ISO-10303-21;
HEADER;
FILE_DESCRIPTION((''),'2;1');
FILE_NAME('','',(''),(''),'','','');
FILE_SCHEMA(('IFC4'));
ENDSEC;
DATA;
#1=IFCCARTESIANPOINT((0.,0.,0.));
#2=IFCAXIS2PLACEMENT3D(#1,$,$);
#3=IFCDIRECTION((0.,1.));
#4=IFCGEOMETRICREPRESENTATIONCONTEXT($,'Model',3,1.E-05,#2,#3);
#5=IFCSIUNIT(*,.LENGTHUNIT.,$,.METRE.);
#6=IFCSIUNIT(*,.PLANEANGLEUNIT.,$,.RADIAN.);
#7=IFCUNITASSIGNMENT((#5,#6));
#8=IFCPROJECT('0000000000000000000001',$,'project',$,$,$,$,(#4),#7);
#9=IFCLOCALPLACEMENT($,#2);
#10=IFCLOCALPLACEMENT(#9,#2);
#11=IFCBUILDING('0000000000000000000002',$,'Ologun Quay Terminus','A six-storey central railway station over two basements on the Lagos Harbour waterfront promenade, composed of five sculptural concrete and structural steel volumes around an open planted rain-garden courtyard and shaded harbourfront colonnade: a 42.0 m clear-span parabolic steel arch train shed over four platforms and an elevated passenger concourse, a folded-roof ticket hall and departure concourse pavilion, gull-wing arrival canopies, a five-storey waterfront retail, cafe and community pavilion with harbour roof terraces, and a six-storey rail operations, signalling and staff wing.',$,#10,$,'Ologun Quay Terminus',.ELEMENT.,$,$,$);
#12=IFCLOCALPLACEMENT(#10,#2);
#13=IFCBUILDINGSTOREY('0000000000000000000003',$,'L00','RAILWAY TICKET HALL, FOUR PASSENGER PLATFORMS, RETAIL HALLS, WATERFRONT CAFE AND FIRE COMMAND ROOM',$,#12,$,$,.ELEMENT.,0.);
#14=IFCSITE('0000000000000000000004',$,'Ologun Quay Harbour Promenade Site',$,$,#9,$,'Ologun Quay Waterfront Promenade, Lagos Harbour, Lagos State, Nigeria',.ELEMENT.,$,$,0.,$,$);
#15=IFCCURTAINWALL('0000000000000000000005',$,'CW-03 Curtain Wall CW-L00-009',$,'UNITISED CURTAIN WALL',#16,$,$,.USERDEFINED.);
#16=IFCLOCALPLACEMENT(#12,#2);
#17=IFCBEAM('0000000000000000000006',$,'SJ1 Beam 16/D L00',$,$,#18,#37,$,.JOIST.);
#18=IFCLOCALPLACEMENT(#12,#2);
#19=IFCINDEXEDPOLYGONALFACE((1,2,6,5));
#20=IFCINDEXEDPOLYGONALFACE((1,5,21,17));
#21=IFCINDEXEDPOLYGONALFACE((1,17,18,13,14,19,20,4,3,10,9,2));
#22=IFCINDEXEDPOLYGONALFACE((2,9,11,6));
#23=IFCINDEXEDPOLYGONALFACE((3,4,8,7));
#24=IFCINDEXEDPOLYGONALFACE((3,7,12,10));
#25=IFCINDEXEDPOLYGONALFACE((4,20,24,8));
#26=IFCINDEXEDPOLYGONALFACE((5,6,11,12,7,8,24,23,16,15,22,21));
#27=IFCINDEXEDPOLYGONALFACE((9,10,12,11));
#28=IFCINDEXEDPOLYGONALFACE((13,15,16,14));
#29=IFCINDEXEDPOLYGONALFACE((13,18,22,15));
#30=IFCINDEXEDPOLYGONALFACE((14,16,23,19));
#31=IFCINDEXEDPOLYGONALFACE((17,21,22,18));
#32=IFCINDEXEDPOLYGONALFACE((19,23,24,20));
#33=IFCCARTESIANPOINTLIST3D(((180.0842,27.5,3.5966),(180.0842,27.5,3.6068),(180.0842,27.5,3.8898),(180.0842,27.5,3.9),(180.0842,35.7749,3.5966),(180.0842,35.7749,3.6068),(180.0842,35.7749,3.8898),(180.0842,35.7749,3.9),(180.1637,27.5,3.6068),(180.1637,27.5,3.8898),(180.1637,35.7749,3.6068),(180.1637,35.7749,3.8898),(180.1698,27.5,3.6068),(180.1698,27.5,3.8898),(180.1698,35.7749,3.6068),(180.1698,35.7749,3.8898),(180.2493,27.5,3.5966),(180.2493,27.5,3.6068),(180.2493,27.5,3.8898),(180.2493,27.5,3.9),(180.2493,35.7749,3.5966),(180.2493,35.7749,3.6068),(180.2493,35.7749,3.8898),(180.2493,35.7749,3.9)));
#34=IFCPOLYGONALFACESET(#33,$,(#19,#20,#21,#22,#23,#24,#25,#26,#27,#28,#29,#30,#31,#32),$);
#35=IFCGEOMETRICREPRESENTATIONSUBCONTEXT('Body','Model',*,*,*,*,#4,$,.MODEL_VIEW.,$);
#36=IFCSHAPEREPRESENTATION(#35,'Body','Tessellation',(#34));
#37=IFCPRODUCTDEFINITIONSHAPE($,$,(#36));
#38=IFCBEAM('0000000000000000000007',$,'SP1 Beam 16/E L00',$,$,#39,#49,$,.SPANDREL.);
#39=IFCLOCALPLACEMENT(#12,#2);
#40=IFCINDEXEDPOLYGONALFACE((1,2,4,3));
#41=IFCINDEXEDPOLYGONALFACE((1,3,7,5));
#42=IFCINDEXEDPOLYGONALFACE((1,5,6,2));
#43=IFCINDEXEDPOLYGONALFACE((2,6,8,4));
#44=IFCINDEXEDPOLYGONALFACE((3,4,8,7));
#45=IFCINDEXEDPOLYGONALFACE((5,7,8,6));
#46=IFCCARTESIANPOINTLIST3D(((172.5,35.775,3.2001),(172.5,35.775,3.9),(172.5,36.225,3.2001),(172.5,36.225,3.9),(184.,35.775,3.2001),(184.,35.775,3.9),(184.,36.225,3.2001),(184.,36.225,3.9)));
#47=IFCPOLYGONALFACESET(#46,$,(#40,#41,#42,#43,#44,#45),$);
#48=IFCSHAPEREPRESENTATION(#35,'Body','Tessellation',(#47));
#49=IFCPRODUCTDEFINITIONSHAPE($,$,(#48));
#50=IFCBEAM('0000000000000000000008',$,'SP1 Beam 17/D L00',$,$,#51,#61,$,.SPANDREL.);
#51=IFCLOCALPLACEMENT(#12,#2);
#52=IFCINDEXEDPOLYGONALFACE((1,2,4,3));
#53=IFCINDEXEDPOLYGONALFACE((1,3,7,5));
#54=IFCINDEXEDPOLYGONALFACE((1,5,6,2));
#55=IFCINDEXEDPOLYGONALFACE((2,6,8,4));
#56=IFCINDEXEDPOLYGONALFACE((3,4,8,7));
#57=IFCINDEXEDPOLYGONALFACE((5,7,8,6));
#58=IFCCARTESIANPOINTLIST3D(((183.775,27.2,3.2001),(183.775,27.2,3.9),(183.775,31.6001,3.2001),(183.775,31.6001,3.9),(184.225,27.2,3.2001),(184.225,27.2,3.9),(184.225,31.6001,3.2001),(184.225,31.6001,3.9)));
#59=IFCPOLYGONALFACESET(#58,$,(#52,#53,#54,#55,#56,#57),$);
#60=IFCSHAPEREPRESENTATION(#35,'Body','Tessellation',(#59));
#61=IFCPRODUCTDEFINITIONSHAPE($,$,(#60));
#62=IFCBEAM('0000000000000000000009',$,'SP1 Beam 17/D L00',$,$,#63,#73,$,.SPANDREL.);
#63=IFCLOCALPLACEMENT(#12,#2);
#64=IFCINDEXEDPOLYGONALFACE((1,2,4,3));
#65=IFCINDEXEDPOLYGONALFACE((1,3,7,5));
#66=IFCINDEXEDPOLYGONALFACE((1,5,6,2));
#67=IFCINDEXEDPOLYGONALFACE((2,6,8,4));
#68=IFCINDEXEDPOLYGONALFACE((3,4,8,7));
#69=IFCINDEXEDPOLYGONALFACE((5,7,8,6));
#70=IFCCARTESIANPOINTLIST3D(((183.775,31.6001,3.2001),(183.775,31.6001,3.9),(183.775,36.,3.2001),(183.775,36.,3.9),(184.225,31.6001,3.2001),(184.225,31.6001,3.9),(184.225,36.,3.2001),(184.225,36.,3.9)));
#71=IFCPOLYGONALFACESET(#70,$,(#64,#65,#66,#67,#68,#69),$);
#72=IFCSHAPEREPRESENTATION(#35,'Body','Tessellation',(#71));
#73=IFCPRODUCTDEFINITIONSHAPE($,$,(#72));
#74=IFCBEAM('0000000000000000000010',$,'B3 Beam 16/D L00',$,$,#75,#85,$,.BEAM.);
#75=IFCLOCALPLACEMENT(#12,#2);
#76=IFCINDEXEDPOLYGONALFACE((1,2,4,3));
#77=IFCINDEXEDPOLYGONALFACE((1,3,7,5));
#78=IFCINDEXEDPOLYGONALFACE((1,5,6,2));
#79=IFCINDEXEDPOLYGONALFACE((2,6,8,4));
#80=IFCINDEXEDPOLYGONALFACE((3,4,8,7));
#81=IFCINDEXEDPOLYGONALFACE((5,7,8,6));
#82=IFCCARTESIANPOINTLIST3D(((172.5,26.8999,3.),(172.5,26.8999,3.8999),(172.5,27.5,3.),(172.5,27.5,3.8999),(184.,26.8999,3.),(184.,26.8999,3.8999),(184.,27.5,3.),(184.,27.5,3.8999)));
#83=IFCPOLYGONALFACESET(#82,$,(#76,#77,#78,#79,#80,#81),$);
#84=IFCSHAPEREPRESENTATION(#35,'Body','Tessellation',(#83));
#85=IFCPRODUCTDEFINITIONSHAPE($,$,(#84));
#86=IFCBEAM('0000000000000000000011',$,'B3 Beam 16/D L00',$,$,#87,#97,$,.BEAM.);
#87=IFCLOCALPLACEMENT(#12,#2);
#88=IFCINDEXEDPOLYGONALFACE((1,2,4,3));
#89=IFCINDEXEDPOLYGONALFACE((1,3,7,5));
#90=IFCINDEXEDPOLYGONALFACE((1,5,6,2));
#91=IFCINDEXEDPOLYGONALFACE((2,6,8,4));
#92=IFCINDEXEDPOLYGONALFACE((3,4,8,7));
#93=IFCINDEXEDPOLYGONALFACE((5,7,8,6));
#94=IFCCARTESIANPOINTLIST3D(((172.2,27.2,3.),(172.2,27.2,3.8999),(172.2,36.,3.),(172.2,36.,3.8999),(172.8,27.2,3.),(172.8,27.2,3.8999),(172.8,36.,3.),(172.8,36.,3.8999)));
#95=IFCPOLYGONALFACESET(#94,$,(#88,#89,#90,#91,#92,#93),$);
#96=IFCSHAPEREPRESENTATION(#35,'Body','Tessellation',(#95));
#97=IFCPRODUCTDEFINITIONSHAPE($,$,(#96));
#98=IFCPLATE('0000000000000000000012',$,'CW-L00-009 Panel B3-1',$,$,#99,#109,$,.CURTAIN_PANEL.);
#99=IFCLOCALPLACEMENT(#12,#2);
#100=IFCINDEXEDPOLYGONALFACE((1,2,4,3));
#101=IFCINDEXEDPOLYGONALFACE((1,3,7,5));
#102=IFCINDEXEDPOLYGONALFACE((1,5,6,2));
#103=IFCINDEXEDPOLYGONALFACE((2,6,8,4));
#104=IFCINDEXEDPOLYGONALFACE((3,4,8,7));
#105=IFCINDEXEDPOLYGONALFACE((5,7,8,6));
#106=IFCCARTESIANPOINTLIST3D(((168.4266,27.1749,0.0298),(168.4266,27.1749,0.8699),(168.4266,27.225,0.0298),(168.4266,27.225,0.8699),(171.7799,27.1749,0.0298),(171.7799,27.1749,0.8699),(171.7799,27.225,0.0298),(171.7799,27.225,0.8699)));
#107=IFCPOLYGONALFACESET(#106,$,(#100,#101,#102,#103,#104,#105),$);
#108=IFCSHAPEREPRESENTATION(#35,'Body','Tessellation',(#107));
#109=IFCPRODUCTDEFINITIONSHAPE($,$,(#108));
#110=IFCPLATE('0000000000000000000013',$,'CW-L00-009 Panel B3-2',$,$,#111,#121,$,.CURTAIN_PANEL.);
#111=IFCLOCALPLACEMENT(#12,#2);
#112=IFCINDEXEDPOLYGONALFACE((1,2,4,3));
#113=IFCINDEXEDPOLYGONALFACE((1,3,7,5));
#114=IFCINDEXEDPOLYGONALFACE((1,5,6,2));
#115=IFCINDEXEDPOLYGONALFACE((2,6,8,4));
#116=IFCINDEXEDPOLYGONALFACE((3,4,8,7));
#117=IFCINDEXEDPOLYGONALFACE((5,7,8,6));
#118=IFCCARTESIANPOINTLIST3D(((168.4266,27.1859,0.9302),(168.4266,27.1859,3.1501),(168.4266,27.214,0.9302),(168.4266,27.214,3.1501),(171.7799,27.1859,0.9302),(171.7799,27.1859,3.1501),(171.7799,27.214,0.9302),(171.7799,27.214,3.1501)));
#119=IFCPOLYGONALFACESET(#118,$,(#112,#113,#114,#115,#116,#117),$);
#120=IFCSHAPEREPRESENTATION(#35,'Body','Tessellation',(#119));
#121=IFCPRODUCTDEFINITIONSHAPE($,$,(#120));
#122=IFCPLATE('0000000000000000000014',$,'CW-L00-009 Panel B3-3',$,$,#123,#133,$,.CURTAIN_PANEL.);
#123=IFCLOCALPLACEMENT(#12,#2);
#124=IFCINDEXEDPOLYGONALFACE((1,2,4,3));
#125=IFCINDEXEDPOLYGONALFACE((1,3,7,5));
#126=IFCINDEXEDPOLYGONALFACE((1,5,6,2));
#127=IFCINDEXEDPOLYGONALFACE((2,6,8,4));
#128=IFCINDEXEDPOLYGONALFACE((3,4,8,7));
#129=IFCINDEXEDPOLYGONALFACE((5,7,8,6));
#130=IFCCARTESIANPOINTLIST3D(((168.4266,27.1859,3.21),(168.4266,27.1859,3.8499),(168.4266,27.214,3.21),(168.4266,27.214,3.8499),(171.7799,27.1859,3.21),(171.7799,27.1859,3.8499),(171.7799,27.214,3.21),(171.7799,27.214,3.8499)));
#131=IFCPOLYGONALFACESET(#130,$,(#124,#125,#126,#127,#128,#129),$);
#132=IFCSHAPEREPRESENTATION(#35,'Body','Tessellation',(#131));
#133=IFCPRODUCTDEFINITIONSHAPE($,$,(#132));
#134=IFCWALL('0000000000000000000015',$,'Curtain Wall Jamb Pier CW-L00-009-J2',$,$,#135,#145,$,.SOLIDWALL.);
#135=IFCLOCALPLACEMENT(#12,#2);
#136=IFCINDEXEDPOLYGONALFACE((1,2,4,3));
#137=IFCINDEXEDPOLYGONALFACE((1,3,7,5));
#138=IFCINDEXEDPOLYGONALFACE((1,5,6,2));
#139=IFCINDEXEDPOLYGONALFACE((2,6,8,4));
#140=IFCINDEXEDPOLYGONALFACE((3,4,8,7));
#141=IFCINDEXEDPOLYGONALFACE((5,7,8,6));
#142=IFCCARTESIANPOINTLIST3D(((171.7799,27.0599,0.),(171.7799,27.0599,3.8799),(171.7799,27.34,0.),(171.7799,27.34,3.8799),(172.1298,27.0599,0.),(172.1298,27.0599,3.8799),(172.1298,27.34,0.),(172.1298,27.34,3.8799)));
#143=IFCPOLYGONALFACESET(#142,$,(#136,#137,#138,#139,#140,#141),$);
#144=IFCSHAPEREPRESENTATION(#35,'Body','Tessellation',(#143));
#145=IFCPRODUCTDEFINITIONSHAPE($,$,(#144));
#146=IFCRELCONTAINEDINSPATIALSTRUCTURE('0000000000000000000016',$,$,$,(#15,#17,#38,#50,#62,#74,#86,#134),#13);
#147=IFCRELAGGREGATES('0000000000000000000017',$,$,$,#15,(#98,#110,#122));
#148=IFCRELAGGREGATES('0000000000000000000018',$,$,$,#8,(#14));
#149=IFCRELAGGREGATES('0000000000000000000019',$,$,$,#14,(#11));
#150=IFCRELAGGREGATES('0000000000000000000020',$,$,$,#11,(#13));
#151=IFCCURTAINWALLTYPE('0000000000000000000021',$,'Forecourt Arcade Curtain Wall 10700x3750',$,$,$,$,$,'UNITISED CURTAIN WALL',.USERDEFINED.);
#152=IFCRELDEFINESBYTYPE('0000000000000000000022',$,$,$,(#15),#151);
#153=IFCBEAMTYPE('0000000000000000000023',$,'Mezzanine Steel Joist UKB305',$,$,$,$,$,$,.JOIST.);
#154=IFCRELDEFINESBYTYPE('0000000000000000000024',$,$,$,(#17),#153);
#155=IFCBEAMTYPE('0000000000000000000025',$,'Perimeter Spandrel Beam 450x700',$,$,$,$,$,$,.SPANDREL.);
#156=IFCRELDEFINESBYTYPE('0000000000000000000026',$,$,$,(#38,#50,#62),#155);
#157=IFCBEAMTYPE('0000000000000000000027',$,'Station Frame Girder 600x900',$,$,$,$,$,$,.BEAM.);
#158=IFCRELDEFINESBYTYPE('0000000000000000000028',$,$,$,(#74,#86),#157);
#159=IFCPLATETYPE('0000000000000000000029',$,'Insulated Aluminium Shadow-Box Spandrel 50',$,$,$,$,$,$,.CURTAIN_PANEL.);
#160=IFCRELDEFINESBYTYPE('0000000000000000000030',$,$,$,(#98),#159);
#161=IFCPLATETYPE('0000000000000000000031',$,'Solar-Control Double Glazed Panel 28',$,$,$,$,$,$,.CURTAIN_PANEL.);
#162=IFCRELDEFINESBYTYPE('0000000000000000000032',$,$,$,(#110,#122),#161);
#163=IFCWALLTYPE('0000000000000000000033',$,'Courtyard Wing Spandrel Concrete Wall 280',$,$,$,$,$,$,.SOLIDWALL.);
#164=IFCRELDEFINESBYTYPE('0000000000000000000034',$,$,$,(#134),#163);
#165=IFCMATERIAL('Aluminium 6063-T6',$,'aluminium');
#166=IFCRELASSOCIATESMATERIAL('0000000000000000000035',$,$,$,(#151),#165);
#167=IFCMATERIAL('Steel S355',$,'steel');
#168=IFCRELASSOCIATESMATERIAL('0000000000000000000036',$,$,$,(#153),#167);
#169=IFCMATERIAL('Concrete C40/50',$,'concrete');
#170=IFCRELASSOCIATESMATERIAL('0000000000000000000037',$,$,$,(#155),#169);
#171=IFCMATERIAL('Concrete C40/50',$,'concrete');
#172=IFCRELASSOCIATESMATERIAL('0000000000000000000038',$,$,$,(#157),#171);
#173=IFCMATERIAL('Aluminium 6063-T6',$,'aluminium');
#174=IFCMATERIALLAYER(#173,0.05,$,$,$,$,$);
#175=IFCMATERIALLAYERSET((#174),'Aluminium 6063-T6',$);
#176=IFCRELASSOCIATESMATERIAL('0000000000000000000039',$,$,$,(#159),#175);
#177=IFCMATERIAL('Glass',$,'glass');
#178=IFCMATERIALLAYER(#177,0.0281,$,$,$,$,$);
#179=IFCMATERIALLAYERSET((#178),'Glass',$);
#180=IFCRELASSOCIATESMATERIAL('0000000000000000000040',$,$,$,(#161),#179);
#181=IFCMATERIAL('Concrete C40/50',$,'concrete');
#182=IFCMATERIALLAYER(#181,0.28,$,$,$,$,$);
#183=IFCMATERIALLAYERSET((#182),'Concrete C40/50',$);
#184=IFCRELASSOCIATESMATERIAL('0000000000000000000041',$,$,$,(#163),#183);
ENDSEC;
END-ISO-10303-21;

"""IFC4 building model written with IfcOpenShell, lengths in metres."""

from ifc_helpers import new_model, si_unit, direction, frame, frame_2d, origin, origin_2d, place, context, subcontext, project, spatial, rectangle, i_section, extrude, material, layer, layer_set, material_profile, profile_set, type_object, element, aggregate, save


model = new_model("IFC4")

# Units and contexts
model_context = context("Model", 3, precision=1e-05, world=origin(), true_north=direction((0.0, 1.0)))
body_context = subcontext(model_context, "Body", "Model", "MODEL_VIEW")
ifc_project = project(units=[si_unit("LENGTHUNIT", "METRE"), si_unit("PLANEANGLEUNIT", "RADIAN")], contexts=[model_context])

# Site, building, storey
site_placement = place(None, origin())
site = spatial("IfcSite", under=ifc_project, at=site_placement, Name="Ologun Quay Harbour Promenade Site", LongName="Ologun Quay Waterfront Promenade, Lagos Harbour, Lagos State, Nigeria", CompositionType="ELEMENT", RefElevation=0.0)
building_placement = place(site_placement, origin())
building = spatial("IfcBuilding", under=site, at=building_placement, Name="Ologun Quay Terminus", Description="A six-storey central railway station over two basements on the Lagos Harbour waterfront promenade, composed of five sculptural concrete and structural steel volumes around an open planted rain-garden courtyard and shaded harbourfront colonnade: a 42.0 m clear-span parabolic steel arch train shed over four platforms and an elevated passenger concourse, a folded-roof ticket hall and departure concourse pavilion, gull-wing arrival canopies, a five-storey waterfront retail, cafe and community pavilion with harbour roof terraces, and a six-storey rail operations, signalling and staff wing.", LongName="Ologun Quay Terminus", CompositionType="ELEMENT")
storey_placement = place(building_placement, origin())
storey = spatial("IfcBuildingStorey", under=building, at=storey_placement, Name="L00", Description="RAILWAY TICKET HALL, FOUR PASSENGER PLATFORMS, RETAIL HALLS, WATERFRONT CAFE AND FIRE COMMAND ROOM", CompositionType="ELEMENT", Elevation=0.0)

# Curtain wall
ifc_material_1 = material(Name="Aluminium 6063-T6", Category="aluminium")
curtain_wall_type = type_object("IfcCurtainWallType", Name="Forecourt Arcade Curtain Wall 10700x3750", ElementType="UNITISED CURTAIN WALL", PredefinedType="USERDEFINED", material=ifc_material_1)
curtain_wall_placement = place(storey_placement, origin())
curtain_wall = element("IfcCurtainWall", 1, at=curtain_wall_placement, inside=storey, type_object=curtain_wall_type, Name="CW-03 Curtain Wall CW-L00-009", ObjectType="UNITISED CURTAIN WALL", PredefinedType="USERDEFINED")

# Beams
ifc_material_2 = material(Name="Steel S355", Category="steel")
ifc_material_profile_1 = material_profile(ifc_material_2, i_section(OverallWidth=0.165, OverallDepth=0.3035, WebThickness=0.0061, FlangeThickness=0.0103, at=origin_2d()), Name="UKB 305x165x40")
ifc_profile_set_1 = profile_set([ifc_material_profile_1], Name="Steel S355")
beam_type_1 = type_object("IfcBeamType", Name="Mezzanine Steel Joist UKB305", PredefinedType="JOIST", material=ifc_profile_set_1)
for number, where, z_axis, x_axis, name in (
    (2, (180.1667, 27.5, 3.7483), (0.0, 1.0, 0.0), (-1.0, 0.0, 0.0), "SJ1 Beam 16/D L00"),
):
    element("IfcBeam", number, at=place(storey_placement, frame(where, z_axis=z_axis, x_axis=x_axis)), inside=storey, type_object=beam_type_1, Name=name, PredefinedType="JOIST", context=body_context, shape_type="SweptSolid", body=[
        extrude(i_section(OverallWidth=0.165, OverallDepth=0.3035, WebThickness=0.0061, FlangeThickness=0.0103, at=origin_2d()), origin(), (0.0, 0.0, 1.0), 8.2749),
    ])
ifc_material_3 = material(Name="Concrete C40/50", Category="concrete")
ifc_material_profile_2 = material_profile(ifc_material_3, rectangle(XDim=0.45, YDim=0.7, at=origin_2d()), Name="RC 450x700")
ifc_profile_set_2 = profile_set([ifc_material_profile_2], Name="Concrete C40/50")
beam_type_2 = type_object("IfcBeamType", Name="Perimeter Spandrel Beam 450x700", PredefinedType="SPANDREL", material=ifc_profile_set_2)
beam_1_placement = place(storey_placement, frame((172.5, 36.0, 3.55), z_axis=(1.0, 0.0, 0.0), x_axis=(0.0, 1.0, 0.0)))
element("IfcBeam", 3, at=beam_1_placement, inside=storey, type_object=beam_type_2, Name="SP1 Beam 16/E L00", PredefinedType="SPANDREL", context=body_context, shape_type="SweptSolid", body=[
    extrude(rectangle(XDim=0.45, YDim=0.7, at=origin_2d()), origin(), (0.0, 0.0, 1.0), 11.5),
])
beam_2_placement = place(storey_placement, frame((184.0, 27.2, 3.55), z_axis=(0.0, 1.0, 0.0), x_axis=(-1.0, 0.0, 0.0)))
element("IfcBeam", 4, at=beam_2_placement, inside=storey, type_object=beam_type_2, Name="SP1 Beam 17/D L00", PredefinedType="SPANDREL", context=body_context, shape_type="SweptSolid", body=[
    extrude(rectangle(XDim=0.45, YDim=0.7, at=origin_2d()), origin(), (0.0, 0.0, 1.0), 4.4001),
])
beam_3_placement = place(storey_placement, frame((184.0, 31.6001, 3.55), z_axis=(0.0, 1.0, 0.0), x_axis=(-1.0, 0.0, 0.0)))
element("IfcBeam", 5, at=beam_3_placement, inside=storey, type_object=beam_type_2, Name="SP1 Beam 17/D L00", PredefinedType="SPANDREL", context=body_context, shape_type="SweptSolid", body=[
    extrude(rectangle(XDim=0.45, YDim=0.7, at=origin_2d()), origin(), (0.0, 0.0, 1.0), 4.3999),
])
ifc_material_4 = material(Name="Concrete C40/50", Category="concrete")
ifc_material_profile_3 = material_profile(ifc_material_4, rectangle(XDim=0.6001, YDim=0.8999, at=origin_2d()), Name="RC 600x900")
ifc_profile_set_3 = profile_set([ifc_material_profile_3], Name="Concrete C40/50")
beam_type_3 = type_object("IfcBeamType", Name="Station Frame Girder 600x900", PredefinedType="BEAM", material=ifc_profile_set_3)
beam_4_placement = place(storey_placement, frame((172.5, 27.2, 3.45), z_axis=(1.0, 0.0, 0.0), x_axis=(0.0, 1.0, 0.0)))
element("IfcBeam", 6, at=beam_4_placement, inside=storey, type_object=beam_type_3, Name="B3 Beam 16/D L00", PredefinedType="BEAM", context=body_context, shape_type="SweptSolid", body=[
    extrude(rectangle(XDim=0.6001, YDim=0.8999, at=origin_2d()), origin(), (0.0, 0.0, 1.0), 11.5),
])
beam_5_placement = place(storey_placement, frame((172.5, 27.2, 3.45), z_axis=(0.0, 1.0, 0.0), x_axis=(-1.0, 0.0, 0.0)))
element("IfcBeam", 7, at=beam_5_placement, inside=storey, type_object=beam_type_3, Name="B3 Beam 16/D L00", PredefinedType="BEAM", context=body_context, shape_type="SweptSolid", body=[
    extrude(rectangle(XDim=0.6001, YDim=0.8999, at=origin_2d()), origin(), (0.0, 0.0, 1.0), 8.8),
])

# Plates
ifc_material_5 = material(Name="Aluminium 6063-T6", Category="aluminium")
ifc_layer_1 = layer(ifc_material_5, 0.05)
ifc_layer_set_1 = layer_set([ifc_layer_1], Name="Aluminium 6063-T6")
plate_type_1 = type_object("IfcPlateType", Name="Insulated Aluminium Shadow-Box Spandrel 50", PredefinedType="CURTAIN_PANEL", material=ifc_layer_set_1)
plate_1_placement = place(storey_placement, frame((170.1033, 27.2, 0.0298), z_axis=(0.0, 0.0, 1.0), x_axis=(1.0, 0.0, 0.0)))
plate_1 = element("IfcPlate", 8, at=plate_1_placement, type_object=plate_type_1, Name="CW-L00-009 Panel B3-1", PredefinedType="CURTAIN_PANEL", context=body_context, shape_type="SweptSolid", body=[
    extrude(rectangle(XDim=3.3533, YDim=0.05, at=origin_2d()), origin(), (0.0, 0.0, 1.0), 0.8401),
])
ifc_material_6 = material(Name="Glass", Category="glass")
ifc_layer_2 = layer(ifc_material_6, 0.0281)
ifc_layer_set_2 = layer_set([ifc_layer_2], Name="Glass")
plate_type_2 = type_object("IfcPlateType", Name="Solar-Control Double Glazed Panel 28", PredefinedType="CURTAIN_PANEL", material=ifc_layer_set_2)
plate_2_placement = place(storey_placement, frame((170.1033, 27.2, 0.9302), z_axis=(0.0, 0.0, 1.0), x_axis=(1.0, 0.0, 0.0)))
plate_2 = element("IfcPlate", 9, at=plate_2_placement, type_object=plate_type_2, Name="CW-L00-009 Panel B3-2", PredefinedType="CURTAIN_PANEL", context=body_context, shape_type="SweptSolid", body=[
    extrude(rectangle(XDim=3.3533, YDim=0.0281, at=origin_2d()), origin(), (0.0, 0.0, 1.0), 2.22),
])
plate_3_placement = place(storey_placement, frame((170.1033, 27.2, 3.21), z_axis=(0.0, 0.0, 1.0), x_axis=(1.0, 0.0, 0.0)))
plate_3 = element("IfcPlate", 10, at=plate_3_placement, type_object=plate_type_2, Name="CW-L00-009 Panel B3-3", PredefinedType="CURTAIN_PANEL", context=body_context, shape_type="SweptSolid", body=[
    extrude(rectangle(XDim=3.3533, YDim=0.0281, at=origin_2d()), origin(), (0.0, 0.0, 1.0), 0.6399),
])
aggregate(curtain_wall, [plate_1, plate_2, plate_3])

# Wall
ifc_material_7 = material(Name="Concrete C40/50", Category="concrete")
ifc_layer_3 = layer(ifc_material_7, 0.28)
ifc_layer_set_3 = layer_set([ifc_layer_3], Name="Concrete C40/50")
wall_type_1 = type_object("IfcWallType", Name="Courtyard Wing Spandrel Concrete Wall 280", PredefinedType="SOLIDWALL", material=ifc_layer_set_3)
wall_1_placement = place(storey_placement, frame((171.78, 27.2, 0.0), z_axis=(0.0, 0.0, 1.0), x_axis=(1.0, 0.0, 0.0)))
element("IfcWall", 11, at=wall_1_placement, inside=storey, type_object=wall_type_1, Name="Curtain Wall Jamb Pier CW-L00-009-J2", PredefinedType="SOLIDWALL", context=body_context, shape_type="SweptSolid", body=[
    extrude(rectangle(XDim=0.3499, YDim=0.28, at=frame_2d((0.1748, 0.0))), origin(), (0.0, 0.0, 1.0), 3.8799),
])

save(model, "model.ifc")
